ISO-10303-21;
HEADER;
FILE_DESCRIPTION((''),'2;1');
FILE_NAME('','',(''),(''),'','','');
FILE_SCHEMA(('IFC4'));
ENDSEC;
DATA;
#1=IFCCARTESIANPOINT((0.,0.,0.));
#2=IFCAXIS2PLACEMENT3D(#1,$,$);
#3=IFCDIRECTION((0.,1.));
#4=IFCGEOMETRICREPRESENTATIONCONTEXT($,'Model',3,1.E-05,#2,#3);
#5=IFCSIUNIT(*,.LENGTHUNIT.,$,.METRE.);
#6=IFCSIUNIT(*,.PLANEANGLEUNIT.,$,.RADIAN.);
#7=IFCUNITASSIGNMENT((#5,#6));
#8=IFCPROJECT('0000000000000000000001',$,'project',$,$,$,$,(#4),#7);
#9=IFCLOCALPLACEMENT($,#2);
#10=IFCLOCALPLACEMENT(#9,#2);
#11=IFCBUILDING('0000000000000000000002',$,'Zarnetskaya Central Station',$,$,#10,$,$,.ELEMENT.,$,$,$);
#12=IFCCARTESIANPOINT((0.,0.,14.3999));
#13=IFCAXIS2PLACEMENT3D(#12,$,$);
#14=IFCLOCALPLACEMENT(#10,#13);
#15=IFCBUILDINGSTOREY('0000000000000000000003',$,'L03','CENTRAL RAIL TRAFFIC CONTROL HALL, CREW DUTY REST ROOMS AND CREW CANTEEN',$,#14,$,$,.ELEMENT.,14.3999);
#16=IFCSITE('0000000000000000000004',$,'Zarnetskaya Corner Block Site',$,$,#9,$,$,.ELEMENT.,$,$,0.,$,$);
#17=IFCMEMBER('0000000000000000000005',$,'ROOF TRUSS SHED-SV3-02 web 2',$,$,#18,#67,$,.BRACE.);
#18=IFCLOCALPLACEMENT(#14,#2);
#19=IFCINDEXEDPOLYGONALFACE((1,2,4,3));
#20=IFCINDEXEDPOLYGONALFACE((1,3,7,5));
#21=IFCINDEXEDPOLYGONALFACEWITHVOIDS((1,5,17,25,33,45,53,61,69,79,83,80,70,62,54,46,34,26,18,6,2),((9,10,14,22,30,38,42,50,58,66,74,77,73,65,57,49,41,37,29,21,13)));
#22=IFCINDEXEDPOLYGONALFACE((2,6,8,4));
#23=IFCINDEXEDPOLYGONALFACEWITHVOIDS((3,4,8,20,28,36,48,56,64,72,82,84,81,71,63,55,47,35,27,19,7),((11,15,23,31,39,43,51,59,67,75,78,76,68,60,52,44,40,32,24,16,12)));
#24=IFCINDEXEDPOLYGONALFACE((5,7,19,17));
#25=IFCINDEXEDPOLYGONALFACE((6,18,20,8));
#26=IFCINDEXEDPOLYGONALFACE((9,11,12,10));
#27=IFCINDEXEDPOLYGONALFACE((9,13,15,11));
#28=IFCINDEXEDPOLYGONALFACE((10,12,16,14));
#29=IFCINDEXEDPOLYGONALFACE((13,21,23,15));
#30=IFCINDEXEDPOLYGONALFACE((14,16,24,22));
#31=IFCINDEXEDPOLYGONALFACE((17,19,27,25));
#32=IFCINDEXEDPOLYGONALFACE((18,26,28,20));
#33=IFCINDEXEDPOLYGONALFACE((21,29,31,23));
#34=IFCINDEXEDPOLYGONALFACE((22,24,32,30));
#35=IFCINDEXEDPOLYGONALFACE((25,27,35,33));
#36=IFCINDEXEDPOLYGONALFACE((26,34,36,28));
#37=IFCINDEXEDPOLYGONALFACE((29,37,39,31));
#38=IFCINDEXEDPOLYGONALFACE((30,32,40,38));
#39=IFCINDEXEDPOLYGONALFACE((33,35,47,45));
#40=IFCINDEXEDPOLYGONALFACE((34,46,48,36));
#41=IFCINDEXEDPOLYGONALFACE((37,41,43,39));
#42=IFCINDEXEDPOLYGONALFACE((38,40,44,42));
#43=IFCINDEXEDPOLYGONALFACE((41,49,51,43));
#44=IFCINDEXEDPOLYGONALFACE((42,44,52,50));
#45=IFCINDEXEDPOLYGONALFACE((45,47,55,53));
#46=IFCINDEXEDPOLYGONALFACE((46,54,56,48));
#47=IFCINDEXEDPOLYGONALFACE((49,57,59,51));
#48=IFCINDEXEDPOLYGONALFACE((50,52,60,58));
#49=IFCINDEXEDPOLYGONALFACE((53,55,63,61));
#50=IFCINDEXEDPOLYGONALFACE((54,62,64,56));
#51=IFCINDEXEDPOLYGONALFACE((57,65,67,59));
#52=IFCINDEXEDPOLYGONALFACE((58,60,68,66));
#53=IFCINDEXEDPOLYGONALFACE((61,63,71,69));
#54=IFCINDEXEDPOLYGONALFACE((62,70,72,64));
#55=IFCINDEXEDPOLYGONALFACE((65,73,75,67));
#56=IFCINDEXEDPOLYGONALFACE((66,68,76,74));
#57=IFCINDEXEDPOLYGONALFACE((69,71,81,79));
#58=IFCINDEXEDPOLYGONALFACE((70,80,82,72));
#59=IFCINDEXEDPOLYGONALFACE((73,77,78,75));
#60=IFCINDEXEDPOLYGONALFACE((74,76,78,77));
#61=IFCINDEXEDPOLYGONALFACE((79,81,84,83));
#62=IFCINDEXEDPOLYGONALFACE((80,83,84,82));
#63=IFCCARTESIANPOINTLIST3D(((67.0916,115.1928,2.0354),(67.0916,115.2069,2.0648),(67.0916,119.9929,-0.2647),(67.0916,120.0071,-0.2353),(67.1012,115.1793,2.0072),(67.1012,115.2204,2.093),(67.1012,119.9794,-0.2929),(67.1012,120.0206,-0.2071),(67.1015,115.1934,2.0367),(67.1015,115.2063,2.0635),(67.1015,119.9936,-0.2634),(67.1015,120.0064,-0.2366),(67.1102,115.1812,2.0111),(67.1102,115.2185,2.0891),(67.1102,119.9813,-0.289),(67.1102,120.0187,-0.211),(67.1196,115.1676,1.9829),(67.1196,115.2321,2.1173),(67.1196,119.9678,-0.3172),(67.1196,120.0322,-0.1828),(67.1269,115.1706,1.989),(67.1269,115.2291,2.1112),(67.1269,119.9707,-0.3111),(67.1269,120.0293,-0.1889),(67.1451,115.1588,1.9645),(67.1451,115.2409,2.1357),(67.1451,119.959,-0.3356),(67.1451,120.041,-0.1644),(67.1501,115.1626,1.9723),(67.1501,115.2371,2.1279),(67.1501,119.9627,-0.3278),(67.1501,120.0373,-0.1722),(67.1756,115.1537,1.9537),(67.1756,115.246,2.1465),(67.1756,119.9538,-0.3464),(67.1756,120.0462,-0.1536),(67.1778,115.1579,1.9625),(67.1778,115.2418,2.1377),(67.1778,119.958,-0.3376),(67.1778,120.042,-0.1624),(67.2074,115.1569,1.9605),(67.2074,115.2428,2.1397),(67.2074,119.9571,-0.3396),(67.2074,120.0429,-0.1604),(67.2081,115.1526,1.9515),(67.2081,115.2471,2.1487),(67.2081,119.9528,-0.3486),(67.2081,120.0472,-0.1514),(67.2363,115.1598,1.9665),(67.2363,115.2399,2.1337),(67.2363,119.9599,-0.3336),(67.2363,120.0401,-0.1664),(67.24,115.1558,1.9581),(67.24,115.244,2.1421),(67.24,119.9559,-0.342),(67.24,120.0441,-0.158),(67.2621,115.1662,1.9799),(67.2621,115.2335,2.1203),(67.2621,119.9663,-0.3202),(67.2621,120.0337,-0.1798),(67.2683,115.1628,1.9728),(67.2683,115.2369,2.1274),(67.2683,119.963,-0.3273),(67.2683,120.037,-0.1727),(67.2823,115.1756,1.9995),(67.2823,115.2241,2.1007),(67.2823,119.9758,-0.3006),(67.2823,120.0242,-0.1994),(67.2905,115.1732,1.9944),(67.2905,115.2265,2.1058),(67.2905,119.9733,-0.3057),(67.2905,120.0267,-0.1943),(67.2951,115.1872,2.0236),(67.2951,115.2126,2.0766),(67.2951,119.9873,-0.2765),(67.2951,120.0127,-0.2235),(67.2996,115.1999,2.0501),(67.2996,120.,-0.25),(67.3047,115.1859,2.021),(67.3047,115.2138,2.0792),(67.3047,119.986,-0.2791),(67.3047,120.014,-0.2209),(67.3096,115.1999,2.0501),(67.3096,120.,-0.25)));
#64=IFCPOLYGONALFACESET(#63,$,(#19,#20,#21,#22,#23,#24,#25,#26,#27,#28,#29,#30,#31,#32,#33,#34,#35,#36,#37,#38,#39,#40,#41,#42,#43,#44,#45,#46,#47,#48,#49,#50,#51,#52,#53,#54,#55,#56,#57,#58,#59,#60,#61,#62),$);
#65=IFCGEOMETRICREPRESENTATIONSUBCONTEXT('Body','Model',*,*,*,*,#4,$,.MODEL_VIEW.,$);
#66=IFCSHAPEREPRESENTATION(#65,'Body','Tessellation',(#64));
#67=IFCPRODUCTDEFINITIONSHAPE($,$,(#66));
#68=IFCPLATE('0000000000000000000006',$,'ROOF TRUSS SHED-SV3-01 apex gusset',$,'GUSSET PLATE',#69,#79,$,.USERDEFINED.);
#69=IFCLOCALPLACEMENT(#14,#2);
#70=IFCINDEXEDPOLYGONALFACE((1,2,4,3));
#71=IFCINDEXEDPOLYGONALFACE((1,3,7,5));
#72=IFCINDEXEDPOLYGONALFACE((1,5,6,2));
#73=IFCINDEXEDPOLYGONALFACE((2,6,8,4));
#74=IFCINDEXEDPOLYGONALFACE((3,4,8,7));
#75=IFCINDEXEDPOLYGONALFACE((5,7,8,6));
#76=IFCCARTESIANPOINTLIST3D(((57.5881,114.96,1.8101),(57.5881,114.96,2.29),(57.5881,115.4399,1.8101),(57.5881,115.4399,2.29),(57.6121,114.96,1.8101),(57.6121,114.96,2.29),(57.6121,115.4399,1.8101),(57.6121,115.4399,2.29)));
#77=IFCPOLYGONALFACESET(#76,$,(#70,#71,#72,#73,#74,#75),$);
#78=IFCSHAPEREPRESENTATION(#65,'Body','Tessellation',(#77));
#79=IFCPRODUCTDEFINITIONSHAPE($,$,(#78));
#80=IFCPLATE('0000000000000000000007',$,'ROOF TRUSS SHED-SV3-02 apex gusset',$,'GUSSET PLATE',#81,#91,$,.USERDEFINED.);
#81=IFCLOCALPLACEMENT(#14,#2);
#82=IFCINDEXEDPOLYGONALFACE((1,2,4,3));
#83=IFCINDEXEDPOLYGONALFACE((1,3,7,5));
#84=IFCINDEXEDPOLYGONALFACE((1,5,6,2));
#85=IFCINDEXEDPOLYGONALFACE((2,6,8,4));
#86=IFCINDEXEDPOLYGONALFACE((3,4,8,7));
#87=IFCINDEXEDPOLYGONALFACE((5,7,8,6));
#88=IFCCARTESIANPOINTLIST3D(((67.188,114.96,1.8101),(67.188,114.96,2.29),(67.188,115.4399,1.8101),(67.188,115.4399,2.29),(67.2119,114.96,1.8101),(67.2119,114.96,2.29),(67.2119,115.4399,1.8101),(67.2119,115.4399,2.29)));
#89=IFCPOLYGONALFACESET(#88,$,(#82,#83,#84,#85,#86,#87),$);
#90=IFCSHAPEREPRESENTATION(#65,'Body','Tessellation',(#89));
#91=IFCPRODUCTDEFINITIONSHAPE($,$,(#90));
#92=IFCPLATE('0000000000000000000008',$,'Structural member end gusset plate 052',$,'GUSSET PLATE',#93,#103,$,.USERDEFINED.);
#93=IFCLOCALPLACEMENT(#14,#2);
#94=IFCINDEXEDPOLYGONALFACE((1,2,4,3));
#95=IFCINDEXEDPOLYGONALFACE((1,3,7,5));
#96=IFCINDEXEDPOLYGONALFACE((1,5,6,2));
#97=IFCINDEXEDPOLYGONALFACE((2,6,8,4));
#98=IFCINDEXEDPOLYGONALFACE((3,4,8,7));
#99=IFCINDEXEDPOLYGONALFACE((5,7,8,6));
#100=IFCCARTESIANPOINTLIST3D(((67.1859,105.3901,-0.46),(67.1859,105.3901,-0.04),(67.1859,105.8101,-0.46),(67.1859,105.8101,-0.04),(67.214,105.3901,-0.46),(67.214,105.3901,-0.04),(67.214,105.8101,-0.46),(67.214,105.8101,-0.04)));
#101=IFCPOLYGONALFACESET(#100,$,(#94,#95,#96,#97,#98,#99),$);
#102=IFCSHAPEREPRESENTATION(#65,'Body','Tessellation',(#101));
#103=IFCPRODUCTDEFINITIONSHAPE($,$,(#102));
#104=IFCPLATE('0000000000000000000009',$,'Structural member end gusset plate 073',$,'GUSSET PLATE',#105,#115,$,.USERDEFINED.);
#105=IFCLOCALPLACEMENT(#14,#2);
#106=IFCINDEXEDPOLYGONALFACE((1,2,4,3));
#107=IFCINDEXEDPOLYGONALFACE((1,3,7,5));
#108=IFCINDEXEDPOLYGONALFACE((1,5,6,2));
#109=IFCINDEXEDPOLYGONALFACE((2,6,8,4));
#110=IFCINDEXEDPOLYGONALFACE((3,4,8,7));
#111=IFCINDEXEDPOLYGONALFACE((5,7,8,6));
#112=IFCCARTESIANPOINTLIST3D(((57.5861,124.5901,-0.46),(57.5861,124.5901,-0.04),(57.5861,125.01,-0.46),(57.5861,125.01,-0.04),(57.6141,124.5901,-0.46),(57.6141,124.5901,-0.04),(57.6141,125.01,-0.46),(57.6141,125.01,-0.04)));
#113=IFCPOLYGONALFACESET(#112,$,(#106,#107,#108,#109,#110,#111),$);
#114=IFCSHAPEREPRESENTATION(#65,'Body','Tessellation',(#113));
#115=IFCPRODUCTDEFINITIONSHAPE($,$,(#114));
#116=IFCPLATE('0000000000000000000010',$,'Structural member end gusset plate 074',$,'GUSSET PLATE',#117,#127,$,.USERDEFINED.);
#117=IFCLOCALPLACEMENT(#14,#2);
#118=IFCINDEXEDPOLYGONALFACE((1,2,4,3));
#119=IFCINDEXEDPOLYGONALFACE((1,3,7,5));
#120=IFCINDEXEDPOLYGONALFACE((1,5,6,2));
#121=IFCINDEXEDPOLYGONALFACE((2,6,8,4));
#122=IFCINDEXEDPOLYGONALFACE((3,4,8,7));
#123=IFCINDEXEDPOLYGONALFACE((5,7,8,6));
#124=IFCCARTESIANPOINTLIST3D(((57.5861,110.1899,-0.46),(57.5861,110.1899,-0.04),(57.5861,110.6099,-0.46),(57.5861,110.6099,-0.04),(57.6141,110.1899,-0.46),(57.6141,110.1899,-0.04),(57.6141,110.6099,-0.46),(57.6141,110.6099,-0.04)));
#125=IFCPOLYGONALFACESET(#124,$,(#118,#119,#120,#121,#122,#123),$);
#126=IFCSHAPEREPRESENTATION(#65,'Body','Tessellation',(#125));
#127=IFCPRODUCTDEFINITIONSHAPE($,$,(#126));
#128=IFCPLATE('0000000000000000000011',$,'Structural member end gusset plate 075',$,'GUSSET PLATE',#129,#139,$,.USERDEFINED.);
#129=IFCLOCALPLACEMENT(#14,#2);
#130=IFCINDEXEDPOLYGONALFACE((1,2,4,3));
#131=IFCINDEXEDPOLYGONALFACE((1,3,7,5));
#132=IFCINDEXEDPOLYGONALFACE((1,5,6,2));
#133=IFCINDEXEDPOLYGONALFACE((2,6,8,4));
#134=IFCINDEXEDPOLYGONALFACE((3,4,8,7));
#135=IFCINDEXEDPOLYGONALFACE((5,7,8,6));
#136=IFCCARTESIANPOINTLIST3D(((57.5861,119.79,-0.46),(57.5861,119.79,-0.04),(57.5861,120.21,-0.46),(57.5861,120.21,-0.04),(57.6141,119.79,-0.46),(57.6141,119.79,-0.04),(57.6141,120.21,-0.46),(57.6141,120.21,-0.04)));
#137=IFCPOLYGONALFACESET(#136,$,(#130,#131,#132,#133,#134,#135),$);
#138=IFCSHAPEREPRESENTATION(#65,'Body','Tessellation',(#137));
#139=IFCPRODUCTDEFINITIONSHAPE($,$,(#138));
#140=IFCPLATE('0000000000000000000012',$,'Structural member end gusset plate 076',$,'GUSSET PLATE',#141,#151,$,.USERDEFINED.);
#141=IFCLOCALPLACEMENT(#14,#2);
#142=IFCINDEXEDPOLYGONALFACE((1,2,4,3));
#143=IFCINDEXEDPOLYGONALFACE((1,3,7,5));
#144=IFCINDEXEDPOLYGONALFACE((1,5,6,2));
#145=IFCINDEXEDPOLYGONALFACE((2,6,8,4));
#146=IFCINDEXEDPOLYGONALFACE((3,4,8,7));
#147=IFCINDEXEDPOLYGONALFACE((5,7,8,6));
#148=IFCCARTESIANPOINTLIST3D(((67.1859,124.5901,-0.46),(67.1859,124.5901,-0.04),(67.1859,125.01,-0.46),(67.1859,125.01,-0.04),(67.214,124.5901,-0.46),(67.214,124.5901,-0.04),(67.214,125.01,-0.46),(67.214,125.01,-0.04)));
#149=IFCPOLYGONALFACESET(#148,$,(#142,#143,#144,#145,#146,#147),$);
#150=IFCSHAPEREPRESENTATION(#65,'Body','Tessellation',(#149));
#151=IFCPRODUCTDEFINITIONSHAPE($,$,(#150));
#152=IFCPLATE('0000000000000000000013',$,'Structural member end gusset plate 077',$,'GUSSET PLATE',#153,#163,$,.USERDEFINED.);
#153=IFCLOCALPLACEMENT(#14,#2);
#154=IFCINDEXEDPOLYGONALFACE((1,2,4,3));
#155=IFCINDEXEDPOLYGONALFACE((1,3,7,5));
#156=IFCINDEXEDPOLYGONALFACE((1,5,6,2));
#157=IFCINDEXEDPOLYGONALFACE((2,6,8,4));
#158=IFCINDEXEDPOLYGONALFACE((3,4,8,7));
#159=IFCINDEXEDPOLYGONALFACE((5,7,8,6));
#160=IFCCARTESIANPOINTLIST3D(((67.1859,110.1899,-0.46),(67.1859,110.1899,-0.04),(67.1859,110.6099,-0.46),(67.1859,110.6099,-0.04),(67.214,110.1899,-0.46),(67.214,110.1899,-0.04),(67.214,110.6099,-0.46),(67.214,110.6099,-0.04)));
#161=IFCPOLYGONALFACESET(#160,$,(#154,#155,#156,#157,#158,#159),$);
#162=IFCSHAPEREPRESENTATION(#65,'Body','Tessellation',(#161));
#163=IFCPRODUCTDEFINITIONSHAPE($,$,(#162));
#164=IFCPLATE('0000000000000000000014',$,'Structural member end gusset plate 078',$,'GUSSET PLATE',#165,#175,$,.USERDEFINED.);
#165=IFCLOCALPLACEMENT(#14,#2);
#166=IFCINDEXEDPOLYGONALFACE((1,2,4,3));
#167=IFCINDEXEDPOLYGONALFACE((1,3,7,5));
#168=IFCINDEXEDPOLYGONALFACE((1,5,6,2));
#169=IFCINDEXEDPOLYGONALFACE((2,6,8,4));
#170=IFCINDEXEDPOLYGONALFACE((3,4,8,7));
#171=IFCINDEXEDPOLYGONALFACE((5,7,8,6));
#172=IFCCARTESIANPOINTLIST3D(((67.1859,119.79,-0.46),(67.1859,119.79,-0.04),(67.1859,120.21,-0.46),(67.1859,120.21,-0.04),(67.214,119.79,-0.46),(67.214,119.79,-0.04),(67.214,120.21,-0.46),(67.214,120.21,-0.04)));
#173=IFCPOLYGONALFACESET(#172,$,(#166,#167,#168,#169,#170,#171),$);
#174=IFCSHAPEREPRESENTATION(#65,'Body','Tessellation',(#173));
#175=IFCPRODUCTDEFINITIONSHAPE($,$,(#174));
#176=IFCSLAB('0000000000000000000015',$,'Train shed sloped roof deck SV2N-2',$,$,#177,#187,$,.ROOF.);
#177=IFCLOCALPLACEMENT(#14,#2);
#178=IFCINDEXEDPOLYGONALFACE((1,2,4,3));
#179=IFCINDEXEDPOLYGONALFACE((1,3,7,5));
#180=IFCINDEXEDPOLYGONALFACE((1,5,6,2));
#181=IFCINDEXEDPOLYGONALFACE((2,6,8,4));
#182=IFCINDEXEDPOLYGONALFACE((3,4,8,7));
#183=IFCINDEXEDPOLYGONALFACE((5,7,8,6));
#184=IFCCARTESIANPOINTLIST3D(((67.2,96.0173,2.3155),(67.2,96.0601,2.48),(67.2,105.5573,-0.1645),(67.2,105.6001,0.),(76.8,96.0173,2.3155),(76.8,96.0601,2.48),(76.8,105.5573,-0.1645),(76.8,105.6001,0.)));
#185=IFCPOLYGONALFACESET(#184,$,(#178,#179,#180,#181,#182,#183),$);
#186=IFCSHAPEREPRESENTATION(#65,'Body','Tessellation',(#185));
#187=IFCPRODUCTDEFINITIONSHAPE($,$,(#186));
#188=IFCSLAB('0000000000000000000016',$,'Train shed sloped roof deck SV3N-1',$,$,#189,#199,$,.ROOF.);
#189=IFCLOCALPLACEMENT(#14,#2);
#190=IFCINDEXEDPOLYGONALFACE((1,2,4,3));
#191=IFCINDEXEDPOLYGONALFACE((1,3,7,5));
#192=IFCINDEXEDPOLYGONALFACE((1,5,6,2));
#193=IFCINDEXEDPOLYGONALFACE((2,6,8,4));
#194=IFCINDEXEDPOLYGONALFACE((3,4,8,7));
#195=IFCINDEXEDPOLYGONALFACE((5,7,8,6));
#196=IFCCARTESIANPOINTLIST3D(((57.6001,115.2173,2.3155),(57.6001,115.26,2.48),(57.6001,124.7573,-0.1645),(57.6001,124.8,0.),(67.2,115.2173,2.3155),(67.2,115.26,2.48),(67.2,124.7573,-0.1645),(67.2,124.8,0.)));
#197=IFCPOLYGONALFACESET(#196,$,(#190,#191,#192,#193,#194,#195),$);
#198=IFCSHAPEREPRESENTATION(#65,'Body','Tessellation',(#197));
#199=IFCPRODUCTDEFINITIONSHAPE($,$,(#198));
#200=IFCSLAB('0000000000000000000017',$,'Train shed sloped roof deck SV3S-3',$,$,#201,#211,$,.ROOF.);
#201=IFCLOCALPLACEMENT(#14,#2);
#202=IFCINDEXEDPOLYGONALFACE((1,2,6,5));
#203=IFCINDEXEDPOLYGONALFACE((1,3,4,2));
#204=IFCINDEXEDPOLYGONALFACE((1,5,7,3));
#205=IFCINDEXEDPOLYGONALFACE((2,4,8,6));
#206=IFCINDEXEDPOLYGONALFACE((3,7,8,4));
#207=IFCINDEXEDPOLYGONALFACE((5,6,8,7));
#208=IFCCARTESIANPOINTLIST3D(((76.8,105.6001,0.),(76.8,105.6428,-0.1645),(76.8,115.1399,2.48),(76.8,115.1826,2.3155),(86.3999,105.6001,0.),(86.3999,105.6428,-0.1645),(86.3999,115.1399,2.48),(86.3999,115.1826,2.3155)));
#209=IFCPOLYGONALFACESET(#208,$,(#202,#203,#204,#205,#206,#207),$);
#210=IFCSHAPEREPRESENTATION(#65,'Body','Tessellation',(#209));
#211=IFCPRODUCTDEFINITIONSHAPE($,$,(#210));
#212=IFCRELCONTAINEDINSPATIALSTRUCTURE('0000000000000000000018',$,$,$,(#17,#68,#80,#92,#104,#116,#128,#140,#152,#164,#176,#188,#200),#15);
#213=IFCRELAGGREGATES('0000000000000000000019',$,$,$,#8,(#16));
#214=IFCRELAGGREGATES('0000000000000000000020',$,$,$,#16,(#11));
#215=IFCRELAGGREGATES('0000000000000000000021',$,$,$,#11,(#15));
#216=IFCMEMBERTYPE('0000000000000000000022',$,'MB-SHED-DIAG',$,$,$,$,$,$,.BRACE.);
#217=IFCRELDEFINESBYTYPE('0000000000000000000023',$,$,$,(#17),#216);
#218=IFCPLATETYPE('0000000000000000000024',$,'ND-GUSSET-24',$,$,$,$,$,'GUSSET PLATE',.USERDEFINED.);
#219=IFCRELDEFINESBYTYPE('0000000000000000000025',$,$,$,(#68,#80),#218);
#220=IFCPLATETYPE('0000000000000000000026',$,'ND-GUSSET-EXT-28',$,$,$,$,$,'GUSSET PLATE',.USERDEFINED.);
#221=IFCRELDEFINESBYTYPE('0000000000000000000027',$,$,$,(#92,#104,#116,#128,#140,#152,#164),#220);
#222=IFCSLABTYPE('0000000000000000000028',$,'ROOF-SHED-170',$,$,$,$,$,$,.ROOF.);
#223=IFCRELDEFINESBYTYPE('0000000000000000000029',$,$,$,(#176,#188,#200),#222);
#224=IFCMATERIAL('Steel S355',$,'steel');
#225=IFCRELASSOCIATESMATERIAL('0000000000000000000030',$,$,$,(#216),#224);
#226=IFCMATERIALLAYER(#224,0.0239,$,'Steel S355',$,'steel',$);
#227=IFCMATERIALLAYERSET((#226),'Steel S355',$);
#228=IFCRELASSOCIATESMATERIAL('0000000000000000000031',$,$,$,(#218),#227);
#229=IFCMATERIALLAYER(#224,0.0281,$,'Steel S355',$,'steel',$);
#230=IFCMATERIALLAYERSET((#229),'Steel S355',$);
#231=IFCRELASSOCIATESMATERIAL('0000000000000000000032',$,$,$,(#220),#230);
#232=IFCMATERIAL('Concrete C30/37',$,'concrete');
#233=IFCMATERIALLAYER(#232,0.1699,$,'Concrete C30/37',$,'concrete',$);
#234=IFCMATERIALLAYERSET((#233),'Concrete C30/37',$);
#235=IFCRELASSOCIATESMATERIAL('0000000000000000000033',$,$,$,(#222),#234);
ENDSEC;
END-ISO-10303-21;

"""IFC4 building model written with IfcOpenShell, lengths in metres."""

from ifc_helpers import new_model, si_unit, direction, frame, origin, origin_2d, place, context, subcontext, project, spatial, polyline, rectangle, hollow_circle, outline, extrude, material, layer, layer_set, material_profile, profile_set, type_object, element, save


model = new_model("IFC4")

# Units and contexts
model_context = context("Model", 3, precision=1e-05, world=origin(), true_north=direction((0.0, 1.0)))
body_context = subcontext(model_context, "Body", "Model", "MODEL_VIEW")
ifc_project = project(units=[si_unit("LENGTHUNIT", "METRE"), si_unit("PLANEANGLEUNIT", "RADIAN")], contexts=[model_context])

# Site, building, storey
site_placement = place(None, origin())
site = spatial("IfcSite", under=ifc_project, at=site_placement, Name="Zarnetskaya Corner Block Site", CompositionType="ELEMENT", RefElevation=0.0)
building_placement = place(site_placement, origin())
building = spatial("IfcBuilding", under=site, at=building_placement, Name="Zarnetskaya Central Station", CompositionType="ELEMENT")
storey_placement = place(building_placement, frame((0.0, 0.0, 14.3999)))
storey = spatial("IfcBuildingStorey", under=building, at=storey_placement, Name="L03", Description="CENTRAL RAIL TRAFFIC CONTROL HALL, CREW DUTY REST ROOMS AND CREW CANTEEN", CompositionType="ELEMENT", Elevation=14.3999)

# Shared definitions
ifc_material_1 = material(Name="Steel S355", Category="steel")

# Member
ifc_material_profile_1 = material_profile(ifc_material_1, hollow_circle(Radius=0.1096, WallThickness=0.01, at=origin_2d()), Name="CHS 219.1x10")
ifc_profile_set_1 = profile_set([ifc_material_profile_1], Name="Steel S355")
member_type_1 = type_object("IfcMemberType", Name="MB-SHED-DIAG", PredefinedType="BRACE", material=ifc_profile_set_1)
for number, where, z_axis, x_axis, name in (
    (1, (67.2, 120.0, -0.25), (0.0, -0.901814, 0.432124), (1.0, 0.0, 0.0), "ROOF TRUSS SHED-SV3-02 web 2"),
):
    element("IfcMember", number, at=place(storey_placement, frame(where, z_axis=z_axis, x_axis=x_axis)), inside=storey, type_object=member_type_1, Name=name, PredefinedType="BRACE", context=body_context, shape_type="SweptSolid", body=[
        extrude(hollow_circle(Radius=0.1096, WallThickness=0.01, at=origin_2d()), origin(), (0.0, 0.0, 1.0), 5.3228),
    ])

# Plates
ifc_layer_1 = layer(ifc_material_1, 0.0239, Name="Steel S355", Category="steel")
ifc_layer_set_1 = layer_set([ifc_layer_1], Name="Steel S355")
plate_type_1 = type_object("IfcPlateType", Name="ND-GUSSET-24", ElementType="GUSSET PLATE", PredefinedType="USERDEFINED", material=ifc_layer_set_1)
for number, where, z_axis, x_axis, name in (
    (2, (57.6001, 115.2, 1.8101), (0.0, 0.0, 1.0), (1.0, 0.0, 0.0), "ROOF TRUSS SHED-SV3-01 apex gusset"),
    (3, (67.2, 115.2, 1.8101), (0.0, 0.0, 1.0), (1.0, 0.0, 0.0), "ROOF TRUSS SHED-SV3-02 apex gusset"),
):
    element("IfcPlate", number, at=place(storey_placement, frame(where, z_axis=z_axis, x_axis=x_axis)), inside=storey, type_object=plate_type_1, Name=name, ObjectType="GUSSET PLATE", PredefinedType="USERDEFINED", context=body_context, shape_type="SweptSolid", body=[
        extrude(rectangle(XDim=0.0239, YDim=0.48, at=origin_2d()), origin(), (0.0, 0.0, 1.0), 0.48),
    ])
ifc_layer_2 = layer(ifc_material_1, 0.0281, Name="Steel S355", Category="steel")
ifc_layer_set_2 = layer_set([ifc_layer_2], Name="Steel S355")
plate_type_2 = type_object("IfcPlateType", Name="ND-GUSSET-EXT-28", ElementType="GUSSET PLATE", PredefinedType="USERDEFINED", material=ifc_layer_set_2)
for number, where, z_axis, x_axis, name in (
    (4, (67.2, 105.6001, -0.46), (0.0, 0.0, 1.0), (1.0, 0.0, 0.0), "Structural member end gusset plate 052"),
    (5, (57.6001, 124.8, -0.46), (0.0, 0.0, 1.0), (1.0, 0.0, 0.0), "Structural member end gusset plate 073"),
    (6, (57.6001, 110.3999, -0.46), (0.0, 0.0, 1.0), (1.0, 0.0, 0.0), "Structural member end gusset plate 074"),
    (7, (57.6001, 120.0, -0.46), (0.0, 0.0, 1.0), (1.0, 0.0, 0.0), "Structural member end gusset plate 075"),
    (8, (67.2, 124.8, -0.46), (0.0, 0.0, 1.0), (1.0, 0.0, 0.0), "Structural member end gusset plate 076"),
    (9, (67.2, 110.3999, -0.46), (0.0, 0.0, 1.0), (1.0, 0.0, 0.0), "Structural member end gusset plate 077"),
    (10, (67.2, 120.0, -0.46), (0.0, 0.0, 1.0), (1.0, 0.0, 0.0), "Structural member end gusset plate 078"),
):
    element("IfcPlate", number, at=place(storey_placement, frame(where, z_axis=z_axis, x_axis=x_axis)), inside=storey, type_object=plate_type_2, Name=name, ObjectType="GUSSET PLATE", PredefinedType="USERDEFINED", context=body_context, shape_type="SweptSolid", body=[
        extrude(rectangle(XDim=0.0281, YDim=0.4199, at=origin_2d()), origin(), (0.0, 0.0, 1.0), 0.4199),
    ])

# Slabs
ifc_material_2 = material(Name="Concrete C30/37", Category="concrete")
ifc_layer_3 = layer(ifc_material_2, 0.1699, Name="Concrete C30/37", Category="concrete")
ifc_layer_set_3 = layer_set([ifc_layer_3], Name="Concrete C30/37")
slab_type = type_object("IfcSlabType", Name="ROOF-SHED-170", PredefinedType="ROOF", material=ifc_layer_set_3)
slab_1_placement = place(storey_placement, frame((76.8, 105.6001, 0.0), z_axis=(0.0, 0.251593, 0.967833), x_axis=(-1.0, 0.0, 0.0)))
element("IfcSlab", 11, at=slab_1_placement, inside=storey, type_object=slab_type, Name="Train shed sloped roof deck SV2N-2", PredefinedType="ROOF", context=body_context, shape_type="SweptSolid", body=[
    extrude(outline(polyline([(0.0, 0.0), (9.6001, 0.0), (9.6001, 9.8571), (0.0, 9.8571), (0.0, 0.0)])), origin(), (0.0, 0.0, -1.0), 0.1699),
])
slab_2_placement = place(storey_placement, frame((67.2, 124.8, 0.0), z_axis=(0.0, 0.251593, 0.967833), x_axis=(-1.0, 0.0, 0.0)))
element("IfcSlab", 12, at=slab_2_placement, inside=storey, type_object=slab_type, Name="Train shed sloped roof deck SV3N-1", PredefinedType="ROOF", context=body_context, shape_type="SweptSolid", body=[
    extrude(outline(polyline([(0.0, 0.0), (9.5999, 0.0), (9.5999, 9.8571), (0.0, 9.8571), (0.0, 0.0)])), origin(), (0.0, 0.0, -1.0), 0.1699),
])
slab_3_placement = place(storey_placement, frame((76.8, 105.6001, 0.0), z_axis=(0.0, -0.251599, 0.967832), x_axis=(1.0, 0.0, 0.0)))
element("IfcSlab", 13, at=slab_3_placement, inside=storey, type_object=slab_type, Name="Train shed sloped roof deck SV3S-3", PredefinedType="ROOF", context=body_context, shape_type="SweptSolid", body=[
    extrude(outline(polyline([(0.0, 0.0), (9.5999, 0.0), (9.5999, 9.8569), (0.0, 9.8569), (0.0, 0.0)])), origin(), (0.0, 0.0, -1.0), 0.1699),
])

save(model, "model.ifc")
